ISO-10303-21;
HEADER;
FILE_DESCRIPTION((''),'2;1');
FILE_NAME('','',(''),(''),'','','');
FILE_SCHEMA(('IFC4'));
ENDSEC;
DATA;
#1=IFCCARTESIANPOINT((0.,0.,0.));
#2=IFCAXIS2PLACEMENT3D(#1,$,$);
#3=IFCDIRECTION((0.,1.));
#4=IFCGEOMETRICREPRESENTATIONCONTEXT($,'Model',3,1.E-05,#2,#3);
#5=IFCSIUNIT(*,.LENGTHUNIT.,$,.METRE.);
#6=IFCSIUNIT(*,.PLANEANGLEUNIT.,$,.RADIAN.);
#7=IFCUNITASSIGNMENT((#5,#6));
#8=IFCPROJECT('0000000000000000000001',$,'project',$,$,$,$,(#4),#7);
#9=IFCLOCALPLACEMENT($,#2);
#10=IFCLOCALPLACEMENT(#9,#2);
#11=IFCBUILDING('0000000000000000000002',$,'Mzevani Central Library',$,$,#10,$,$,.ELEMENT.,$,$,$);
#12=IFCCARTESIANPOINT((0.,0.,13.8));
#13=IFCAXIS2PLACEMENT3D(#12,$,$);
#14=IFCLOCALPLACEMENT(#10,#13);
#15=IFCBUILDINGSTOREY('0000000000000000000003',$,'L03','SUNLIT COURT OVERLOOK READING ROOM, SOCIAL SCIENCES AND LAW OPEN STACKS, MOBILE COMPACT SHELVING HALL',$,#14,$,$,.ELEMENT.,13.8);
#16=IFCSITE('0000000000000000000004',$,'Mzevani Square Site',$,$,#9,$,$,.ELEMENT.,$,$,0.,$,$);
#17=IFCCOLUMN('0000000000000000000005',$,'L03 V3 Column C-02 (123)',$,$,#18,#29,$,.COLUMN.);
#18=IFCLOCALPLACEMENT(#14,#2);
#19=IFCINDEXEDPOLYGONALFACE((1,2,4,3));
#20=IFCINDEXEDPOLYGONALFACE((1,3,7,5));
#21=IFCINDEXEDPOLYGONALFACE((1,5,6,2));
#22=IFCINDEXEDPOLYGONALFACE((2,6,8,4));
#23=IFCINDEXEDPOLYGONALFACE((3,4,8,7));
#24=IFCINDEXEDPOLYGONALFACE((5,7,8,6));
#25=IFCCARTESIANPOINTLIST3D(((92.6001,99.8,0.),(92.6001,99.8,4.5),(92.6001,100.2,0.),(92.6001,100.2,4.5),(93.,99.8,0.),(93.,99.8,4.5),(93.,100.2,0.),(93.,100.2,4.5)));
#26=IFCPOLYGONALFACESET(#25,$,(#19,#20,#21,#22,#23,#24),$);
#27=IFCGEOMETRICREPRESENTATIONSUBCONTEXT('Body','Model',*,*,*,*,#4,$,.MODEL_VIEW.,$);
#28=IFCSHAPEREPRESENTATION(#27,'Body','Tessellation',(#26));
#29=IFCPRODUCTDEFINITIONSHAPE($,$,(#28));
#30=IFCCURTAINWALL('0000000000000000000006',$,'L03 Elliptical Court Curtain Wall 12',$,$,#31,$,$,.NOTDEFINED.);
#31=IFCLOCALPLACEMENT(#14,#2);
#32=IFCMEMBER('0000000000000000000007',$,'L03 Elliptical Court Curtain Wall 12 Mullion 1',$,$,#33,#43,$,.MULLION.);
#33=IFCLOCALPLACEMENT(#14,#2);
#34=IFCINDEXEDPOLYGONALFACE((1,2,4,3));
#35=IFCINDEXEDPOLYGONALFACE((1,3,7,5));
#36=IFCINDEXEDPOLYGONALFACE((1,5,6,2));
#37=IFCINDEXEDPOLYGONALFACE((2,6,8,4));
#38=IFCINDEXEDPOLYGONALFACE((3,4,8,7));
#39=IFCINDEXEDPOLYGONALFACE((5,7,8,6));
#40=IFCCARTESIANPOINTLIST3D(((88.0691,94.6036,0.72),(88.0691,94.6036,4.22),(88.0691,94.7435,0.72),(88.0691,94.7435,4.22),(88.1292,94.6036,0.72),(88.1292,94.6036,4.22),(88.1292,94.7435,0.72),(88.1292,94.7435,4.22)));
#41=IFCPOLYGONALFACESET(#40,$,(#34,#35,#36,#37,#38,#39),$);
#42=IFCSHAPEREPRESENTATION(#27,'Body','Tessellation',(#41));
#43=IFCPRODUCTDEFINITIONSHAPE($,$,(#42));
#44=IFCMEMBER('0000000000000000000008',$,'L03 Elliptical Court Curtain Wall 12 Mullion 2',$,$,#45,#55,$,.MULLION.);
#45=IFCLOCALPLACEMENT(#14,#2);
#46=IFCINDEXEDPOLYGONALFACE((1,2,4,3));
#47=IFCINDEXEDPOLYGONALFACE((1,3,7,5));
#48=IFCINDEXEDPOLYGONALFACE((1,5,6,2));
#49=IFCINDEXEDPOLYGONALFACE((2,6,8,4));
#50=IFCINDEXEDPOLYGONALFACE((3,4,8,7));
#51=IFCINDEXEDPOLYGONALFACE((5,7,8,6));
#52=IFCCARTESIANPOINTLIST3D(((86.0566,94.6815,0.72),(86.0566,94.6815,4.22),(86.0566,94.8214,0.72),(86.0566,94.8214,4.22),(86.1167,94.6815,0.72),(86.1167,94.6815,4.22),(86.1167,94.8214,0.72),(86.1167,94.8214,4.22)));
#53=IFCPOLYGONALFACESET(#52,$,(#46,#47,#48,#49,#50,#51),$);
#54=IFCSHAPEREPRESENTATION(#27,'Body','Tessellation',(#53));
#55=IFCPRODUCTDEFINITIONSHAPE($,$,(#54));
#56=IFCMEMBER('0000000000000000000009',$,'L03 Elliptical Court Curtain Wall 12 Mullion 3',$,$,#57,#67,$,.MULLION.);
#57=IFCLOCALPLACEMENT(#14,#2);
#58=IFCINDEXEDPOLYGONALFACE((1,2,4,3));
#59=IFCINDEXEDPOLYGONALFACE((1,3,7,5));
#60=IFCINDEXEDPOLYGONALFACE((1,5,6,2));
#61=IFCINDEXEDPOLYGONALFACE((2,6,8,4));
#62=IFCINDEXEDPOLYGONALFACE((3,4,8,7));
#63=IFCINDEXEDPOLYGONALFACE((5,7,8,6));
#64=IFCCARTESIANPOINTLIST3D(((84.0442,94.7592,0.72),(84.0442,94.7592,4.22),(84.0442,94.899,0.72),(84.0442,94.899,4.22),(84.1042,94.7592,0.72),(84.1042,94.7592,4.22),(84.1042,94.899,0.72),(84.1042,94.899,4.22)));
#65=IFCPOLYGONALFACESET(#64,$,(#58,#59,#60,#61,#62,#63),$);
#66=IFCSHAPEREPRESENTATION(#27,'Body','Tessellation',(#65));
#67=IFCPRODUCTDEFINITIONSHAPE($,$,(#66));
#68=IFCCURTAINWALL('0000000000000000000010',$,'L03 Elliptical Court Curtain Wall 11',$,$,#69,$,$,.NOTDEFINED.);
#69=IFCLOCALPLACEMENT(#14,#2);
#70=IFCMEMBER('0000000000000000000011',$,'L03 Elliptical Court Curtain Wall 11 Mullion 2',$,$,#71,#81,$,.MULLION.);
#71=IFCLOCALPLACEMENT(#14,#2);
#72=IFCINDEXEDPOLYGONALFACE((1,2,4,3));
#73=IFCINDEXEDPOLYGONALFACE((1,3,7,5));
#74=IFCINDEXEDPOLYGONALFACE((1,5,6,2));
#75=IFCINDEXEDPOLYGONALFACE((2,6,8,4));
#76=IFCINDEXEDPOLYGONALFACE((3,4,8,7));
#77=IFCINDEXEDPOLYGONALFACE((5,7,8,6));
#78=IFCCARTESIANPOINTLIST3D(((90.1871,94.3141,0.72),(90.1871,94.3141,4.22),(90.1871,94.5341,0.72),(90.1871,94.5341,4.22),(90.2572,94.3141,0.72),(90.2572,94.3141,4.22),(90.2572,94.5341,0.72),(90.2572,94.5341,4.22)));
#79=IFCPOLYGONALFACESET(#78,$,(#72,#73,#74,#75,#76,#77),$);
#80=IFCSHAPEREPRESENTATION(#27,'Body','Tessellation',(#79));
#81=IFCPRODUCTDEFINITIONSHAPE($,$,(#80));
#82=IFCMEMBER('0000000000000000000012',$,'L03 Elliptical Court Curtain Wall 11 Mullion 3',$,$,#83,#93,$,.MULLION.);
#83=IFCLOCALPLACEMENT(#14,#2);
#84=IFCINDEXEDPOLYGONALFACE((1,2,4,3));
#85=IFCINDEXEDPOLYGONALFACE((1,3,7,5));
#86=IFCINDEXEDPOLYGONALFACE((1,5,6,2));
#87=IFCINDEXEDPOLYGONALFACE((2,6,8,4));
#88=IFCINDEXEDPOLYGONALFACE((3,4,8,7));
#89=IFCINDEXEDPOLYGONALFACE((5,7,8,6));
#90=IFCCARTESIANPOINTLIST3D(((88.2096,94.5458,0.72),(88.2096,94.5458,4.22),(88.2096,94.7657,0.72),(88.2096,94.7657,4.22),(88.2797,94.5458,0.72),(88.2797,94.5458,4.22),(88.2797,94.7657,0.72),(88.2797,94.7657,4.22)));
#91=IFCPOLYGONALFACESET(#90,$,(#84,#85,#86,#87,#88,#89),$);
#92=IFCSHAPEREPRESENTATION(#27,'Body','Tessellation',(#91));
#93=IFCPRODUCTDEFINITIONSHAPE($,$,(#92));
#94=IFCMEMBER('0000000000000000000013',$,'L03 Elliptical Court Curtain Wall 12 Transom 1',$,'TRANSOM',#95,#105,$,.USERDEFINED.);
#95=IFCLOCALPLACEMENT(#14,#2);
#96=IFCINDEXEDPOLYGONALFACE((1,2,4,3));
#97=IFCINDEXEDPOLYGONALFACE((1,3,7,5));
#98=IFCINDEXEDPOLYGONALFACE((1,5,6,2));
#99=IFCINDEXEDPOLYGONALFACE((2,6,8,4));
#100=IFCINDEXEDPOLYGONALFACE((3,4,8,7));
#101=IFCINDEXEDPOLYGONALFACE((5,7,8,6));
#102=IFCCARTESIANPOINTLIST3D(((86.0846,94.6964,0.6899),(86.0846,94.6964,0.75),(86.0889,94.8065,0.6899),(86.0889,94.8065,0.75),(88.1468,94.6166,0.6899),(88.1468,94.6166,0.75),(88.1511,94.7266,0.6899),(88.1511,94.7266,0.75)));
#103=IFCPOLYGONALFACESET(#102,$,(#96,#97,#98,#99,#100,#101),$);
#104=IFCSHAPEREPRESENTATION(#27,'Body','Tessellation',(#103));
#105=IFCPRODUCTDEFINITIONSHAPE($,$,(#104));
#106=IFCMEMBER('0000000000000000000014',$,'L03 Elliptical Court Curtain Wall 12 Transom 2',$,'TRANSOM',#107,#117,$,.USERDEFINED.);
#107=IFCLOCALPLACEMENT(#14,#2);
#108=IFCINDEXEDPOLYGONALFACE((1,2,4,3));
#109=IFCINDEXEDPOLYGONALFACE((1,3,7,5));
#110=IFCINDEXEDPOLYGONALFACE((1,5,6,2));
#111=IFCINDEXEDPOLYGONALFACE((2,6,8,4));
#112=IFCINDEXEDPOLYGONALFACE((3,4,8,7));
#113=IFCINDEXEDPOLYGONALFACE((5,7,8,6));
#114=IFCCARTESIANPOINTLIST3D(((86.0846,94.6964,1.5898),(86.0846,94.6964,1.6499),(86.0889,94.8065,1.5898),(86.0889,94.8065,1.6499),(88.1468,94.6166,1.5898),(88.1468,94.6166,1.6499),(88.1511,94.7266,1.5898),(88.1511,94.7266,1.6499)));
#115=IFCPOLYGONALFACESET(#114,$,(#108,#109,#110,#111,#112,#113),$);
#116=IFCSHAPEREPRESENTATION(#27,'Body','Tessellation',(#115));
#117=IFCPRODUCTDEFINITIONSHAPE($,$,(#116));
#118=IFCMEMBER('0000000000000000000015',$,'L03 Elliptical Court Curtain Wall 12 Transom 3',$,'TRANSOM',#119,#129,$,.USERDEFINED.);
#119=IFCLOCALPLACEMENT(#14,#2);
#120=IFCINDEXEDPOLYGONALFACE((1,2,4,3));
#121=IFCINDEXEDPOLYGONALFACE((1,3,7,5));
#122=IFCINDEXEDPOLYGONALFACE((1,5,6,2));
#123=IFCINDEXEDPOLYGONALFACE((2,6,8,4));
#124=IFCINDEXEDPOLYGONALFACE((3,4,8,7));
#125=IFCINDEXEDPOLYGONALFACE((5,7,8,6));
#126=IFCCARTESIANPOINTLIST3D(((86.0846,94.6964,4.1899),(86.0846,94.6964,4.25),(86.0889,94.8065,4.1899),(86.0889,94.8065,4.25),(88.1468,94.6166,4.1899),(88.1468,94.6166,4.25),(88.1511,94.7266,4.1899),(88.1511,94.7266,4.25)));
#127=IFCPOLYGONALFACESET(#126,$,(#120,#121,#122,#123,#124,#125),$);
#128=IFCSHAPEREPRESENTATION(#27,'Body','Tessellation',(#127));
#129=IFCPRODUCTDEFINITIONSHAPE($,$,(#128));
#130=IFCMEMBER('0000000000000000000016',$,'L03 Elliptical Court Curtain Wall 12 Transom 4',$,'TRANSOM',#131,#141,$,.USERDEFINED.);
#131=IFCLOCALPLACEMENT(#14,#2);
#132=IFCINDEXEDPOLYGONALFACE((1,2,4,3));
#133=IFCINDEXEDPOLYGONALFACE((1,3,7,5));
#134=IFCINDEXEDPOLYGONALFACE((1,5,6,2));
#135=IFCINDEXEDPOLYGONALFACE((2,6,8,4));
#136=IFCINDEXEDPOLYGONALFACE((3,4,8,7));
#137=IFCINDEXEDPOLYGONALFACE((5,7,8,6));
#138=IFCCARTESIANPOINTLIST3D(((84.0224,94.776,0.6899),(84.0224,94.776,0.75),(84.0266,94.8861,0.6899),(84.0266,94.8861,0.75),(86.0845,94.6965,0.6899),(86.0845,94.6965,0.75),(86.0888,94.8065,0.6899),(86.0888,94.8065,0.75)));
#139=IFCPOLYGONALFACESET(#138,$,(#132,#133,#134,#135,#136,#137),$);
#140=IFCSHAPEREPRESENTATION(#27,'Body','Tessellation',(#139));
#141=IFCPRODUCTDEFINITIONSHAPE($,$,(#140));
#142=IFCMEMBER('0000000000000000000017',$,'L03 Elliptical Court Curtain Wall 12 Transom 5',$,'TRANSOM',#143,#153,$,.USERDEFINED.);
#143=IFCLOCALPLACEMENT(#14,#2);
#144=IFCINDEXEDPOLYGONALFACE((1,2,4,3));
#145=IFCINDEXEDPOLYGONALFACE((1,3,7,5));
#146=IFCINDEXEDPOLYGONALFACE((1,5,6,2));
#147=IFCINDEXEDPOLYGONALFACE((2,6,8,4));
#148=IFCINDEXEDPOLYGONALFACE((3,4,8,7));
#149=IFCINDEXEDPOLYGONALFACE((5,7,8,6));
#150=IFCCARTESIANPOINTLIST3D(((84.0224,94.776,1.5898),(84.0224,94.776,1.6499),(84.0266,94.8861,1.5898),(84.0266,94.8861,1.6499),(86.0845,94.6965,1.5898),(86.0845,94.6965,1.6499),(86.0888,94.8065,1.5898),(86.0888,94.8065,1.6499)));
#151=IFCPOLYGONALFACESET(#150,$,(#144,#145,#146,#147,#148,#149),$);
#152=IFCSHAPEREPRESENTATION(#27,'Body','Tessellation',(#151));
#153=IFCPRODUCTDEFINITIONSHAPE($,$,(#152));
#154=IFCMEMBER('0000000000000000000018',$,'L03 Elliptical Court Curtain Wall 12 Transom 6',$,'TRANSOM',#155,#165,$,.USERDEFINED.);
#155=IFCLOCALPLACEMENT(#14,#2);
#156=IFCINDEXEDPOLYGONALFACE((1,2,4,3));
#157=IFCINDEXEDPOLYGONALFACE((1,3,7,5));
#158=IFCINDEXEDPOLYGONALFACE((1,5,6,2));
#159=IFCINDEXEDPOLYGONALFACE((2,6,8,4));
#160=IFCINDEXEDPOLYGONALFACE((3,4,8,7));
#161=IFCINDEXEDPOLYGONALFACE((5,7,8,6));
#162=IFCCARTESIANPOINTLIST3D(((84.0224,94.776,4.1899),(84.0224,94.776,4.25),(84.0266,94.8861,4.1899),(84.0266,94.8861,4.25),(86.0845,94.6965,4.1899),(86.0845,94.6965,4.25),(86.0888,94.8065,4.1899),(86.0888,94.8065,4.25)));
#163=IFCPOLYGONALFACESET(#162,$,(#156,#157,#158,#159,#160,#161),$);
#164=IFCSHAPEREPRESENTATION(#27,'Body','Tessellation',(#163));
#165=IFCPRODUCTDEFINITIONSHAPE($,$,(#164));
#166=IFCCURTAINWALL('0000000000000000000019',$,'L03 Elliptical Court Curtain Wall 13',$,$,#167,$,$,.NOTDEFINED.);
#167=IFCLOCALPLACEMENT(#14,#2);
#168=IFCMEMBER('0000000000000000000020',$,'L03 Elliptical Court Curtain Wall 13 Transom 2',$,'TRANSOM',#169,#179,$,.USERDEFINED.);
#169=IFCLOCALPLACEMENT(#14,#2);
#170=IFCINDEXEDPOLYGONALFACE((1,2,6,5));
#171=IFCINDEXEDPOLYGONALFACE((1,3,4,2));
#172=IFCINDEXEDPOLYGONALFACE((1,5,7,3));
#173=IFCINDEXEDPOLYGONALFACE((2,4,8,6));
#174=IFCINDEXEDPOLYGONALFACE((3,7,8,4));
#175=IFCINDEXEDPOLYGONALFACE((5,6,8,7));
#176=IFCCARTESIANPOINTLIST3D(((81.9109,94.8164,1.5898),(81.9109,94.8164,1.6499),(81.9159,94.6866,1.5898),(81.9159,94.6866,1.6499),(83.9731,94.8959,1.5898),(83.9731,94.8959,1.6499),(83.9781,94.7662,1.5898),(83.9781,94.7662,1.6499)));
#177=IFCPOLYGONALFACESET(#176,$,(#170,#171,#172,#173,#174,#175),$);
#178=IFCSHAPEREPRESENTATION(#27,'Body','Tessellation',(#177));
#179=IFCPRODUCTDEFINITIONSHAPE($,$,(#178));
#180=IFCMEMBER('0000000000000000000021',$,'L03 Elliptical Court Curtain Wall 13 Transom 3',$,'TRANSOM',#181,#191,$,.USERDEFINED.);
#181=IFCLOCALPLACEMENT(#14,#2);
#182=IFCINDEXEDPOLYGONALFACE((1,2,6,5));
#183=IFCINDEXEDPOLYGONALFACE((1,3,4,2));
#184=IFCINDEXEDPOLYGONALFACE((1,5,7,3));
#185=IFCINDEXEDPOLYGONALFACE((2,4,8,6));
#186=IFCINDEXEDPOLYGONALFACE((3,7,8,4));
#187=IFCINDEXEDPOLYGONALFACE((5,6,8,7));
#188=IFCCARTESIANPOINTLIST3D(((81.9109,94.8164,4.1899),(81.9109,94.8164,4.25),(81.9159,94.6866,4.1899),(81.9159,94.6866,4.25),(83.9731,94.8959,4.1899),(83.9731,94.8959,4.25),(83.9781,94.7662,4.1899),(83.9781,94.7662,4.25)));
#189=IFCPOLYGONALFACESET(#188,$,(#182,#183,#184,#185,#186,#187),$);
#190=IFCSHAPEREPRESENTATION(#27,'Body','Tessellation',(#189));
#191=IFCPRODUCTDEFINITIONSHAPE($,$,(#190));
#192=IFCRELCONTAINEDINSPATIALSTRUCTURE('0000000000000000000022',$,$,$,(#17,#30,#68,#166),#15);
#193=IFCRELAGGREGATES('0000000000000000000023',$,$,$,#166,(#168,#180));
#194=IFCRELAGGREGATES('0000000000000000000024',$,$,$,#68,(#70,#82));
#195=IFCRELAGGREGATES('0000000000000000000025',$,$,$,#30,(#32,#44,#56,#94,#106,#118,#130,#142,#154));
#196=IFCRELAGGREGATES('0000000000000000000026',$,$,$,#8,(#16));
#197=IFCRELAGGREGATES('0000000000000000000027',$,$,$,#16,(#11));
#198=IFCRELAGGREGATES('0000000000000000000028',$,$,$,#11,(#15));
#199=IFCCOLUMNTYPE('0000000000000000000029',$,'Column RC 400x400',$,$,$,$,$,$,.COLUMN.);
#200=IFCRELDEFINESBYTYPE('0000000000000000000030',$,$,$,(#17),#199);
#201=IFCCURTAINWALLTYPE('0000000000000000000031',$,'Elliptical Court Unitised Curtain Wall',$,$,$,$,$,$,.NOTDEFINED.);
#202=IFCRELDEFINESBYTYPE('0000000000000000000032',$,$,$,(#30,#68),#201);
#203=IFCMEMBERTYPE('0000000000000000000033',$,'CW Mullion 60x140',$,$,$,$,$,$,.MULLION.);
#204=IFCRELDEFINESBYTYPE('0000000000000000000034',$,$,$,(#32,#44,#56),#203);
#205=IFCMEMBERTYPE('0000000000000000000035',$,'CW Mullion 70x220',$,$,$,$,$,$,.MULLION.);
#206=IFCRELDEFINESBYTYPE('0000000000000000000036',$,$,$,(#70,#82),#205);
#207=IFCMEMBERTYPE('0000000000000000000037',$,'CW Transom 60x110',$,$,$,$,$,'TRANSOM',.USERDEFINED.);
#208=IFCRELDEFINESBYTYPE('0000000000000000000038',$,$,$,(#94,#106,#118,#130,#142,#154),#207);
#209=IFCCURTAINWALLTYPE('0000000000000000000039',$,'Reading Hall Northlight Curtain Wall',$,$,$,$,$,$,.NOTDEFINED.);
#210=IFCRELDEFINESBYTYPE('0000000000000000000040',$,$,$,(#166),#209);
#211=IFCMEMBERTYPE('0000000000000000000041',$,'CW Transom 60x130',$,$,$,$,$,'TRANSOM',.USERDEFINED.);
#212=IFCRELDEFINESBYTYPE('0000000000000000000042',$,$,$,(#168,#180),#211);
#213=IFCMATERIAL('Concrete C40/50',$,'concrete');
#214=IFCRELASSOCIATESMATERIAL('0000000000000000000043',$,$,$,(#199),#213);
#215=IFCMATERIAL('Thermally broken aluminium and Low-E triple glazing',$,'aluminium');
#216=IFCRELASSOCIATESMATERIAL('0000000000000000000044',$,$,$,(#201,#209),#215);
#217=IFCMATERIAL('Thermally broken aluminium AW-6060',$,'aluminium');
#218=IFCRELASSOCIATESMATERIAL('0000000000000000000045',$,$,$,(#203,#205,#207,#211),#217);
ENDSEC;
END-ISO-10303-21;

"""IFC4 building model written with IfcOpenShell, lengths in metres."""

from ifc_helpers import new_model, si_unit, direction, frame, origin, origin_2d, place, context, subcontext, project, spatial, rectangle, extrude, material, material_profile, profile_set, type_object, element, aggregate, save


model = new_model("IFC4")

# Units and contexts
model_context = context("Model", 3, precision=1e-05, world=origin(), true_north=direction((0.0, 1.0)))
body_context = subcontext(model_context, "Body", "Model", "MODEL_VIEW")
ifc_project = project(units=[si_unit("LENGTHUNIT", "METRE"), si_unit("PLANEANGLEUNIT", "RADIAN")], contexts=[model_context])

# Site, building, storey
site_placement = place(None, origin())
site = spatial("IfcSite", under=ifc_project, at=site_placement, Name="Mzevani Square Site", CompositionType="ELEMENT", RefElevation=0.0)
building_placement = place(site_placement, origin())
building = spatial("IfcBuilding", under=site, at=building_placement, Name="Mzevani Central Library", CompositionType="ELEMENT")
storey_placement = place(building_placement, frame((0.0, 0.0, 13.8)))
storey = spatial("IfcBuildingStorey", under=building, at=storey_placement, Name="L03", Description="SUNLIT COURT OVERLOOK READING ROOM, SOCIAL SCIENCES AND LAW OPEN STACKS, MOBILE COMPACT SHELVING HALL", CompositionType="ELEMENT", Elevation=13.8)

# Column
ifc_material_1 = material(Name="Concrete C40/50", Category="concrete")
ifc_material_profile_1 = material_profile(ifc_material_1, rectangle(XDim=0.3999, YDim=0.3999, at=origin_2d()), Name="RC 400x400")
ifc_profile_set_1 = profile_set([ifc_material_profile_1], Name="Concrete C40/50")
column_type = type_object("IfcColumnType", Name="Column RC 400x400", PredefinedType="COLUMN", material=ifc_profile_set_1)
column_placement = place(storey_placement, frame((92.8, 100.0, 0.0), z_axis=(0.0, 0.0, 1.0), x_axis=(1.0, 0.0, 0.0)))
element("IfcColumn", 1, at=column_placement, inside=storey, type_object=column_type, Name="L03 V3 Column C-02 (123)", PredefinedType="COLUMN", context=body_context, shape_type="SweptSolid", body=[
    extrude(rectangle(XDim=0.3999, YDim=0.3999, at=origin_2d()), origin(), (0.0, 0.0, 1.0), 4.5),
])

# Curtain walls, members
ifc_material_2 = material(Name="Thermally broken aluminium and Low-E triple glazing", Category="aluminium")
curtain_wall_type_1 = type_object("IfcCurtainWallType", Name="Elliptical Court Unitised Curtain Wall", PredefinedType="NOTDEFINED", material=ifc_material_2)
curtain_wall_1_placement = place(storey_placement, origin())
curtain_wall_1 = element("IfcCurtainWall", 2, at=curtain_wall_1_placement, inside=storey, type_object=curtain_wall_type_1, Name="L03 Elliptical Court Curtain Wall 12", PredefinedType="NOTDEFINED")
ifc_material_3 = material(Name="Thermally broken aluminium AW-6060", Category="aluminium")
ifc_material_profile_2 = material_profile(ifc_material_3, rectangle(XDim=0.0601, YDim=0.1399, at=origin_2d()), Name="ALU M60x140")
ifc_profile_set_2 = profile_set([ifc_material_profile_2], Name="Thermally broken aluminium AW-6060")
member_type_1 = type_object("IfcMemberType", Name="CW Mullion 60x140", PredefinedType="MULLION", material=ifc_profile_set_2)
member_1_placement = place(storey_placement, frame((88.0991, 94.6736, 0.72), z_axis=(0.0, 0.0, 1.0), x_axis=(1.0, 0.0, 0.0)))
member_1 = element("IfcMember", 3, at=member_1_placement, type_object=member_type_1, Name="L03 Elliptical Court Curtain Wall 12 Mullion 1", PredefinedType="MULLION", context=body_context, shape_type="SweptSolid", body=[
    extrude(rectangle(XDim=0.0601, YDim=0.1399, at=origin_2d()), origin(), (0.0, 0.0, 1.0), 3.5),
])
member_2_placement = place(storey_placement, frame((86.0867, 94.7515, 0.72), z_axis=(0.0, 0.0, 1.0), x_axis=(1.0, 0.0, 0.0)))
member_2 = element("IfcMember", 4, at=member_2_placement, type_object=member_type_1, Name="L03 Elliptical Court Curtain Wall 12 Mullion 2", PredefinedType="MULLION", context=body_context, shape_type="SweptSolid", body=[
    extrude(rectangle(XDim=0.0601, YDim=0.1399, at=origin_2d()), origin(), (0.0, 0.0, 1.0), 3.5),
])
member_3_placement = place(storey_placement, frame((84.0742, 94.8291, 0.72), z_axis=(0.0, 0.0, 1.0), x_axis=(1.0, 0.0, 0.0)))
member_3 = element("IfcMember", 5, at=member_3_placement, type_object=member_type_1, Name="L03 Elliptical Court Curtain Wall 12 Mullion 3", PredefinedType="MULLION", context=body_context, shape_type="SweptSolid", body=[
    extrude(rectangle(XDim=0.0601, YDim=0.1399, at=origin_2d()), origin(), (0.0, 0.0, 1.0), 3.5),
])
curtain_wall_2_placement = place(storey_placement, origin())
curtain_wall_2 = element("IfcCurtainWall", 6, at=curtain_wall_2_placement, inside=storey, type_object=curtain_wall_type_1, Name="L03 Elliptical Court Curtain Wall 11", PredefinedType="NOTDEFINED")
ifc_material_profile_3 = material_profile(ifc_material_3, rectangle(XDim=0.0701, YDim=0.22, at=origin_2d()), Name="ALU M70x220")
ifc_profile_set_3 = profile_set([ifc_material_profile_3], Name="Thermally broken aluminium AW-6060")
member_type_2 = type_object("IfcMemberType", Name="CW Mullion 70x220", PredefinedType="MULLION", material=ifc_profile_set_3)
member_4_placement = place(storey_placement, frame((90.2222, 94.4241, 0.72), z_axis=(0.0, 0.0, 1.0), x_axis=(1.0, 0.0, 0.0)))
member_4 = element("IfcMember", 7, at=member_4_placement, type_object=member_type_2, Name="L03 Elliptical Court Curtain Wall 11 Mullion 2", PredefinedType="MULLION", context=body_context, shape_type="SweptSolid", body=[
    extrude(rectangle(XDim=0.0701, YDim=0.22, at=origin_2d()), origin(), (0.0, 0.0, 1.0), 3.5),
])
member_5_placement = place(storey_placement, frame((88.2446, 94.6558, 0.72), z_axis=(0.0, 0.0, 1.0), x_axis=(1.0, 0.0, 0.0)))
member_5 = element("IfcMember", 8, at=member_5_placement, type_object=member_type_2, Name="L03 Elliptical Court Curtain Wall 11 Mullion 3", PredefinedType="MULLION", context=body_context, shape_type="SweptSolid", body=[
    extrude(rectangle(XDim=0.0701, YDim=0.22, at=origin_2d()), origin(), (0.0, 0.0, 1.0), 3.5),
])

# Members
ifc_material_profile_4 = material_profile(ifc_material_3, rectangle(XDim=0.1101, YDim=0.0601, at=origin_2d()), Name="ALU T60x110")
ifc_profile_set_4 = profile_set([ifc_material_profile_4], Name="Thermally broken aluminium AW-6060")
member_type_3 = type_object("IfcMemberType", Name="CW Transom 60x110", ElementType="TRANSOM", PredefinedType="USERDEFINED", material=ifc_profile_set_4)
member_6_placement = place(storey_placement, frame((88.1489, 94.6716, 0.72), z_axis=(-0.999252, 0.038683, 0.0), x_axis=(-0.038683, -0.999252, 0.0)))
member_6 = element("IfcMember", 9, at=member_6_placement, type_object=member_type_3, Name="L03 Elliptical Court Curtain Wall 12 Transom 1", ObjectType="TRANSOM", PredefinedType="USERDEFINED", context=body_context, shape_type="SweptSolid", body=[
    extrude(rectangle(XDim=0.1101, YDim=0.0601, at=origin_2d()), origin(), (0.0, 0.0, 1.0), 2.0637),
])
member_7_placement = place(storey_placement, frame((88.1489, 94.6716, 1.6199), z_axis=(-0.999252, 0.038683, 0.0), x_axis=(-0.038683, -0.999252, 0.0)))
member_7 = element("IfcMember", 10, at=member_7_placement, type_object=member_type_3, Name="L03 Elliptical Court Curtain Wall 12 Transom 2", ObjectType="TRANSOM", PredefinedType="USERDEFINED", context=body_context, shape_type="SweptSolid", body=[
    extrude(rectangle(XDim=0.1101, YDim=0.0601, at=origin_2d()), origin(), (0.0, 0.0, 1.0), 2.0637),
])
member_8_placement = place(storey_placement, frame((88.1489, 94.6716, 4.22), z_axis=(-0.999252, 0.038683, 0.0), x_axis=(-0.038683, -0.999252, 0.0)))
member_8 = element("IfcMember", 11, at=member_8_placement, type_object=member_type_3, Name="L03 Elliptical Court Curtain Wall 12 Transom 3", ObjectType="TRANSOM", PredefinedType="USERDEFINED", context=body_context, shape_type="SweptSolid", body=[
    extrude(rectangle(XDim=0.1101, YDim=0.0601, at=origin_2d()), origin(), (0.0, 0.0, 1.0), 2.0637),
])
member_9_placement = place(storey_placement, frame((86.0867, 94.7515, 0.72), z_axis=(-0.999256, 0.038565, 0.0), x_axis=(-0.038565, -0.999256, 0.0)))
member_9 = element("IfcMember", 12, at=member_9_placement, type_object=member_type_3, Name="L03 Elliptical Court Curtain Wall 12 Transom 4", ObjectType="TRANSOM", PredefinedType="USERDEFINED", context=body_context, shape_type="SweptSolid", body=[
    extrude(rectangle(XDim=0.1101, YDim=0.0601, at=origin_2d()), origin(), (0.0, 0.0, 1.0), 2.0637),
])
member_10_placement = place(storey_placement, frame((86.0867, 94.7515, 1.6199), z_axis=(-0.999256, 0.038565, 0.0), x_axis=(-0.038565, -0.999256, 0.0)))
member_10 = element("IfcMember", 13, at=member_10_placement, type_object=member_type_3, Name="L03 Elliptical Court Curtain Wall 12 Transom 5", ObjectType="TRANSOM", PredefinedType="USERDEFINED", context=body_context, shape_type="SweptSolid", body=[
    extrude(rectangle(XDim=0.1101, YDim=0.0601, at=origin_2d()), origin(), (0.0, 0.0, 1.0), 2.0637),
])
member_11_placement = place(storey_placement, frame((86.0867, 94.7515, 4.22), z_axis=(-0.999256, 0.038565, 0.0), x_axis=(-0.038565, -0.999256, 0.0)))
member_11 = element("IfcMember", 14, at=member_11_placement, type_object=member_type_3, Name="L03 Elliptical Court Curtain Wall 12 Transom 6", ObjectType="TRANSOM", PredefinedType="USERDEFINED", context=body_context, shape_type="SweptSolid", body=[
    extrude(rectangle(XDim=0.1101, YDim=0.0601, at=origin_2d()), origin(), (0.0, 0.0, 1.0), 2.0637),
])

# Curtain wall, members
curtain_wall_type_2 = type_object("IfcCurtainWallType", Name="Reading Hall Northlight Curtain Wall", PredefinedType="NOTDEFINED", material=ifc_material_2)
curtain_wall_3_placement = place(storey_placement, origin())
curtain_wall_3 = element("IfcCurtainWall", 15, at=curtain_wall_3_placement, inside=storey, type_object=curtain_wall_type_2, Name="L03 Elliptical Court Curtain Wall 13", PredefinedType="NOTDEFINED")
ifc_material_profile_5 = material_profile(ifc_material_3, rectangle(XDim=0.1299, YDim=0.0601, at=origin_2d()), Name="ALU T60x130")
ifc_profile_set_5 = profile_set([ifc_material_profile_5], Name="Thermally broken aluminium AW-6060")
member_type_4 = type_object("IfcMemberType", Name="CW Transom 60x130", ElementType="TRANSOM", PredefinedType="USERDEFINED", material=ifc_profile_set_5)
member_12_placement = place(storey_placement, frame((83.9756, 94.8311, 1.6199), z_axis=(-0.999256, -0.038565, 0.0), x_axis=(0.038565, -0.999256, 0.0)))
member_12 = element("IfcMember", 16, at=member_12_placement, type_object=member_type_4, Name="L03 Elliptical Court Curtain Wall 13 Transom 2", ObjectType="TRANSOM", PredefinedType="USERDEFINED", context=body_context, shape_type="SweptSolid", body=[
    extrude(rectangle(XDim=0.1299, YDim=0.0601, at=origin_2d()), origin(), (0.0, 0.0, 1.0), 2.0637),
])
member_13_placement = place(storey_placement, frame((83.9756, 94.8311, 4.22), z_axis=(-0.999256, -0.038565, 0.0), x_axis=(0.038565, -0.999256, 0.0)))
member_13 = element("IfcMember", 17, at=member_13_placement, type_object=member_type_4, Name="L03 Elliptical Court Curtain Wall 13 Transom 3", ObjectType="TRANSOM", PredefinedType="USERDEFINED", context=body_context, shape_type="SweptSolid", body=[
    extrude(rectangle(XDim=0.1299, YDim=0.0601, at=origin_2d()), origin(), (0.0, 0.0, 1.0), 2.0637),
])
aggregate(curtain_wall_3, [member_12, member_13])

aggregate(curtain_wall_2, [member_4, member_5])
aggregate(curtain_wall_1, [member_1, member_2, member_3, member_6, member_7, member_8, member_9, member_10, member_11])

save(model, "model.ifc")
